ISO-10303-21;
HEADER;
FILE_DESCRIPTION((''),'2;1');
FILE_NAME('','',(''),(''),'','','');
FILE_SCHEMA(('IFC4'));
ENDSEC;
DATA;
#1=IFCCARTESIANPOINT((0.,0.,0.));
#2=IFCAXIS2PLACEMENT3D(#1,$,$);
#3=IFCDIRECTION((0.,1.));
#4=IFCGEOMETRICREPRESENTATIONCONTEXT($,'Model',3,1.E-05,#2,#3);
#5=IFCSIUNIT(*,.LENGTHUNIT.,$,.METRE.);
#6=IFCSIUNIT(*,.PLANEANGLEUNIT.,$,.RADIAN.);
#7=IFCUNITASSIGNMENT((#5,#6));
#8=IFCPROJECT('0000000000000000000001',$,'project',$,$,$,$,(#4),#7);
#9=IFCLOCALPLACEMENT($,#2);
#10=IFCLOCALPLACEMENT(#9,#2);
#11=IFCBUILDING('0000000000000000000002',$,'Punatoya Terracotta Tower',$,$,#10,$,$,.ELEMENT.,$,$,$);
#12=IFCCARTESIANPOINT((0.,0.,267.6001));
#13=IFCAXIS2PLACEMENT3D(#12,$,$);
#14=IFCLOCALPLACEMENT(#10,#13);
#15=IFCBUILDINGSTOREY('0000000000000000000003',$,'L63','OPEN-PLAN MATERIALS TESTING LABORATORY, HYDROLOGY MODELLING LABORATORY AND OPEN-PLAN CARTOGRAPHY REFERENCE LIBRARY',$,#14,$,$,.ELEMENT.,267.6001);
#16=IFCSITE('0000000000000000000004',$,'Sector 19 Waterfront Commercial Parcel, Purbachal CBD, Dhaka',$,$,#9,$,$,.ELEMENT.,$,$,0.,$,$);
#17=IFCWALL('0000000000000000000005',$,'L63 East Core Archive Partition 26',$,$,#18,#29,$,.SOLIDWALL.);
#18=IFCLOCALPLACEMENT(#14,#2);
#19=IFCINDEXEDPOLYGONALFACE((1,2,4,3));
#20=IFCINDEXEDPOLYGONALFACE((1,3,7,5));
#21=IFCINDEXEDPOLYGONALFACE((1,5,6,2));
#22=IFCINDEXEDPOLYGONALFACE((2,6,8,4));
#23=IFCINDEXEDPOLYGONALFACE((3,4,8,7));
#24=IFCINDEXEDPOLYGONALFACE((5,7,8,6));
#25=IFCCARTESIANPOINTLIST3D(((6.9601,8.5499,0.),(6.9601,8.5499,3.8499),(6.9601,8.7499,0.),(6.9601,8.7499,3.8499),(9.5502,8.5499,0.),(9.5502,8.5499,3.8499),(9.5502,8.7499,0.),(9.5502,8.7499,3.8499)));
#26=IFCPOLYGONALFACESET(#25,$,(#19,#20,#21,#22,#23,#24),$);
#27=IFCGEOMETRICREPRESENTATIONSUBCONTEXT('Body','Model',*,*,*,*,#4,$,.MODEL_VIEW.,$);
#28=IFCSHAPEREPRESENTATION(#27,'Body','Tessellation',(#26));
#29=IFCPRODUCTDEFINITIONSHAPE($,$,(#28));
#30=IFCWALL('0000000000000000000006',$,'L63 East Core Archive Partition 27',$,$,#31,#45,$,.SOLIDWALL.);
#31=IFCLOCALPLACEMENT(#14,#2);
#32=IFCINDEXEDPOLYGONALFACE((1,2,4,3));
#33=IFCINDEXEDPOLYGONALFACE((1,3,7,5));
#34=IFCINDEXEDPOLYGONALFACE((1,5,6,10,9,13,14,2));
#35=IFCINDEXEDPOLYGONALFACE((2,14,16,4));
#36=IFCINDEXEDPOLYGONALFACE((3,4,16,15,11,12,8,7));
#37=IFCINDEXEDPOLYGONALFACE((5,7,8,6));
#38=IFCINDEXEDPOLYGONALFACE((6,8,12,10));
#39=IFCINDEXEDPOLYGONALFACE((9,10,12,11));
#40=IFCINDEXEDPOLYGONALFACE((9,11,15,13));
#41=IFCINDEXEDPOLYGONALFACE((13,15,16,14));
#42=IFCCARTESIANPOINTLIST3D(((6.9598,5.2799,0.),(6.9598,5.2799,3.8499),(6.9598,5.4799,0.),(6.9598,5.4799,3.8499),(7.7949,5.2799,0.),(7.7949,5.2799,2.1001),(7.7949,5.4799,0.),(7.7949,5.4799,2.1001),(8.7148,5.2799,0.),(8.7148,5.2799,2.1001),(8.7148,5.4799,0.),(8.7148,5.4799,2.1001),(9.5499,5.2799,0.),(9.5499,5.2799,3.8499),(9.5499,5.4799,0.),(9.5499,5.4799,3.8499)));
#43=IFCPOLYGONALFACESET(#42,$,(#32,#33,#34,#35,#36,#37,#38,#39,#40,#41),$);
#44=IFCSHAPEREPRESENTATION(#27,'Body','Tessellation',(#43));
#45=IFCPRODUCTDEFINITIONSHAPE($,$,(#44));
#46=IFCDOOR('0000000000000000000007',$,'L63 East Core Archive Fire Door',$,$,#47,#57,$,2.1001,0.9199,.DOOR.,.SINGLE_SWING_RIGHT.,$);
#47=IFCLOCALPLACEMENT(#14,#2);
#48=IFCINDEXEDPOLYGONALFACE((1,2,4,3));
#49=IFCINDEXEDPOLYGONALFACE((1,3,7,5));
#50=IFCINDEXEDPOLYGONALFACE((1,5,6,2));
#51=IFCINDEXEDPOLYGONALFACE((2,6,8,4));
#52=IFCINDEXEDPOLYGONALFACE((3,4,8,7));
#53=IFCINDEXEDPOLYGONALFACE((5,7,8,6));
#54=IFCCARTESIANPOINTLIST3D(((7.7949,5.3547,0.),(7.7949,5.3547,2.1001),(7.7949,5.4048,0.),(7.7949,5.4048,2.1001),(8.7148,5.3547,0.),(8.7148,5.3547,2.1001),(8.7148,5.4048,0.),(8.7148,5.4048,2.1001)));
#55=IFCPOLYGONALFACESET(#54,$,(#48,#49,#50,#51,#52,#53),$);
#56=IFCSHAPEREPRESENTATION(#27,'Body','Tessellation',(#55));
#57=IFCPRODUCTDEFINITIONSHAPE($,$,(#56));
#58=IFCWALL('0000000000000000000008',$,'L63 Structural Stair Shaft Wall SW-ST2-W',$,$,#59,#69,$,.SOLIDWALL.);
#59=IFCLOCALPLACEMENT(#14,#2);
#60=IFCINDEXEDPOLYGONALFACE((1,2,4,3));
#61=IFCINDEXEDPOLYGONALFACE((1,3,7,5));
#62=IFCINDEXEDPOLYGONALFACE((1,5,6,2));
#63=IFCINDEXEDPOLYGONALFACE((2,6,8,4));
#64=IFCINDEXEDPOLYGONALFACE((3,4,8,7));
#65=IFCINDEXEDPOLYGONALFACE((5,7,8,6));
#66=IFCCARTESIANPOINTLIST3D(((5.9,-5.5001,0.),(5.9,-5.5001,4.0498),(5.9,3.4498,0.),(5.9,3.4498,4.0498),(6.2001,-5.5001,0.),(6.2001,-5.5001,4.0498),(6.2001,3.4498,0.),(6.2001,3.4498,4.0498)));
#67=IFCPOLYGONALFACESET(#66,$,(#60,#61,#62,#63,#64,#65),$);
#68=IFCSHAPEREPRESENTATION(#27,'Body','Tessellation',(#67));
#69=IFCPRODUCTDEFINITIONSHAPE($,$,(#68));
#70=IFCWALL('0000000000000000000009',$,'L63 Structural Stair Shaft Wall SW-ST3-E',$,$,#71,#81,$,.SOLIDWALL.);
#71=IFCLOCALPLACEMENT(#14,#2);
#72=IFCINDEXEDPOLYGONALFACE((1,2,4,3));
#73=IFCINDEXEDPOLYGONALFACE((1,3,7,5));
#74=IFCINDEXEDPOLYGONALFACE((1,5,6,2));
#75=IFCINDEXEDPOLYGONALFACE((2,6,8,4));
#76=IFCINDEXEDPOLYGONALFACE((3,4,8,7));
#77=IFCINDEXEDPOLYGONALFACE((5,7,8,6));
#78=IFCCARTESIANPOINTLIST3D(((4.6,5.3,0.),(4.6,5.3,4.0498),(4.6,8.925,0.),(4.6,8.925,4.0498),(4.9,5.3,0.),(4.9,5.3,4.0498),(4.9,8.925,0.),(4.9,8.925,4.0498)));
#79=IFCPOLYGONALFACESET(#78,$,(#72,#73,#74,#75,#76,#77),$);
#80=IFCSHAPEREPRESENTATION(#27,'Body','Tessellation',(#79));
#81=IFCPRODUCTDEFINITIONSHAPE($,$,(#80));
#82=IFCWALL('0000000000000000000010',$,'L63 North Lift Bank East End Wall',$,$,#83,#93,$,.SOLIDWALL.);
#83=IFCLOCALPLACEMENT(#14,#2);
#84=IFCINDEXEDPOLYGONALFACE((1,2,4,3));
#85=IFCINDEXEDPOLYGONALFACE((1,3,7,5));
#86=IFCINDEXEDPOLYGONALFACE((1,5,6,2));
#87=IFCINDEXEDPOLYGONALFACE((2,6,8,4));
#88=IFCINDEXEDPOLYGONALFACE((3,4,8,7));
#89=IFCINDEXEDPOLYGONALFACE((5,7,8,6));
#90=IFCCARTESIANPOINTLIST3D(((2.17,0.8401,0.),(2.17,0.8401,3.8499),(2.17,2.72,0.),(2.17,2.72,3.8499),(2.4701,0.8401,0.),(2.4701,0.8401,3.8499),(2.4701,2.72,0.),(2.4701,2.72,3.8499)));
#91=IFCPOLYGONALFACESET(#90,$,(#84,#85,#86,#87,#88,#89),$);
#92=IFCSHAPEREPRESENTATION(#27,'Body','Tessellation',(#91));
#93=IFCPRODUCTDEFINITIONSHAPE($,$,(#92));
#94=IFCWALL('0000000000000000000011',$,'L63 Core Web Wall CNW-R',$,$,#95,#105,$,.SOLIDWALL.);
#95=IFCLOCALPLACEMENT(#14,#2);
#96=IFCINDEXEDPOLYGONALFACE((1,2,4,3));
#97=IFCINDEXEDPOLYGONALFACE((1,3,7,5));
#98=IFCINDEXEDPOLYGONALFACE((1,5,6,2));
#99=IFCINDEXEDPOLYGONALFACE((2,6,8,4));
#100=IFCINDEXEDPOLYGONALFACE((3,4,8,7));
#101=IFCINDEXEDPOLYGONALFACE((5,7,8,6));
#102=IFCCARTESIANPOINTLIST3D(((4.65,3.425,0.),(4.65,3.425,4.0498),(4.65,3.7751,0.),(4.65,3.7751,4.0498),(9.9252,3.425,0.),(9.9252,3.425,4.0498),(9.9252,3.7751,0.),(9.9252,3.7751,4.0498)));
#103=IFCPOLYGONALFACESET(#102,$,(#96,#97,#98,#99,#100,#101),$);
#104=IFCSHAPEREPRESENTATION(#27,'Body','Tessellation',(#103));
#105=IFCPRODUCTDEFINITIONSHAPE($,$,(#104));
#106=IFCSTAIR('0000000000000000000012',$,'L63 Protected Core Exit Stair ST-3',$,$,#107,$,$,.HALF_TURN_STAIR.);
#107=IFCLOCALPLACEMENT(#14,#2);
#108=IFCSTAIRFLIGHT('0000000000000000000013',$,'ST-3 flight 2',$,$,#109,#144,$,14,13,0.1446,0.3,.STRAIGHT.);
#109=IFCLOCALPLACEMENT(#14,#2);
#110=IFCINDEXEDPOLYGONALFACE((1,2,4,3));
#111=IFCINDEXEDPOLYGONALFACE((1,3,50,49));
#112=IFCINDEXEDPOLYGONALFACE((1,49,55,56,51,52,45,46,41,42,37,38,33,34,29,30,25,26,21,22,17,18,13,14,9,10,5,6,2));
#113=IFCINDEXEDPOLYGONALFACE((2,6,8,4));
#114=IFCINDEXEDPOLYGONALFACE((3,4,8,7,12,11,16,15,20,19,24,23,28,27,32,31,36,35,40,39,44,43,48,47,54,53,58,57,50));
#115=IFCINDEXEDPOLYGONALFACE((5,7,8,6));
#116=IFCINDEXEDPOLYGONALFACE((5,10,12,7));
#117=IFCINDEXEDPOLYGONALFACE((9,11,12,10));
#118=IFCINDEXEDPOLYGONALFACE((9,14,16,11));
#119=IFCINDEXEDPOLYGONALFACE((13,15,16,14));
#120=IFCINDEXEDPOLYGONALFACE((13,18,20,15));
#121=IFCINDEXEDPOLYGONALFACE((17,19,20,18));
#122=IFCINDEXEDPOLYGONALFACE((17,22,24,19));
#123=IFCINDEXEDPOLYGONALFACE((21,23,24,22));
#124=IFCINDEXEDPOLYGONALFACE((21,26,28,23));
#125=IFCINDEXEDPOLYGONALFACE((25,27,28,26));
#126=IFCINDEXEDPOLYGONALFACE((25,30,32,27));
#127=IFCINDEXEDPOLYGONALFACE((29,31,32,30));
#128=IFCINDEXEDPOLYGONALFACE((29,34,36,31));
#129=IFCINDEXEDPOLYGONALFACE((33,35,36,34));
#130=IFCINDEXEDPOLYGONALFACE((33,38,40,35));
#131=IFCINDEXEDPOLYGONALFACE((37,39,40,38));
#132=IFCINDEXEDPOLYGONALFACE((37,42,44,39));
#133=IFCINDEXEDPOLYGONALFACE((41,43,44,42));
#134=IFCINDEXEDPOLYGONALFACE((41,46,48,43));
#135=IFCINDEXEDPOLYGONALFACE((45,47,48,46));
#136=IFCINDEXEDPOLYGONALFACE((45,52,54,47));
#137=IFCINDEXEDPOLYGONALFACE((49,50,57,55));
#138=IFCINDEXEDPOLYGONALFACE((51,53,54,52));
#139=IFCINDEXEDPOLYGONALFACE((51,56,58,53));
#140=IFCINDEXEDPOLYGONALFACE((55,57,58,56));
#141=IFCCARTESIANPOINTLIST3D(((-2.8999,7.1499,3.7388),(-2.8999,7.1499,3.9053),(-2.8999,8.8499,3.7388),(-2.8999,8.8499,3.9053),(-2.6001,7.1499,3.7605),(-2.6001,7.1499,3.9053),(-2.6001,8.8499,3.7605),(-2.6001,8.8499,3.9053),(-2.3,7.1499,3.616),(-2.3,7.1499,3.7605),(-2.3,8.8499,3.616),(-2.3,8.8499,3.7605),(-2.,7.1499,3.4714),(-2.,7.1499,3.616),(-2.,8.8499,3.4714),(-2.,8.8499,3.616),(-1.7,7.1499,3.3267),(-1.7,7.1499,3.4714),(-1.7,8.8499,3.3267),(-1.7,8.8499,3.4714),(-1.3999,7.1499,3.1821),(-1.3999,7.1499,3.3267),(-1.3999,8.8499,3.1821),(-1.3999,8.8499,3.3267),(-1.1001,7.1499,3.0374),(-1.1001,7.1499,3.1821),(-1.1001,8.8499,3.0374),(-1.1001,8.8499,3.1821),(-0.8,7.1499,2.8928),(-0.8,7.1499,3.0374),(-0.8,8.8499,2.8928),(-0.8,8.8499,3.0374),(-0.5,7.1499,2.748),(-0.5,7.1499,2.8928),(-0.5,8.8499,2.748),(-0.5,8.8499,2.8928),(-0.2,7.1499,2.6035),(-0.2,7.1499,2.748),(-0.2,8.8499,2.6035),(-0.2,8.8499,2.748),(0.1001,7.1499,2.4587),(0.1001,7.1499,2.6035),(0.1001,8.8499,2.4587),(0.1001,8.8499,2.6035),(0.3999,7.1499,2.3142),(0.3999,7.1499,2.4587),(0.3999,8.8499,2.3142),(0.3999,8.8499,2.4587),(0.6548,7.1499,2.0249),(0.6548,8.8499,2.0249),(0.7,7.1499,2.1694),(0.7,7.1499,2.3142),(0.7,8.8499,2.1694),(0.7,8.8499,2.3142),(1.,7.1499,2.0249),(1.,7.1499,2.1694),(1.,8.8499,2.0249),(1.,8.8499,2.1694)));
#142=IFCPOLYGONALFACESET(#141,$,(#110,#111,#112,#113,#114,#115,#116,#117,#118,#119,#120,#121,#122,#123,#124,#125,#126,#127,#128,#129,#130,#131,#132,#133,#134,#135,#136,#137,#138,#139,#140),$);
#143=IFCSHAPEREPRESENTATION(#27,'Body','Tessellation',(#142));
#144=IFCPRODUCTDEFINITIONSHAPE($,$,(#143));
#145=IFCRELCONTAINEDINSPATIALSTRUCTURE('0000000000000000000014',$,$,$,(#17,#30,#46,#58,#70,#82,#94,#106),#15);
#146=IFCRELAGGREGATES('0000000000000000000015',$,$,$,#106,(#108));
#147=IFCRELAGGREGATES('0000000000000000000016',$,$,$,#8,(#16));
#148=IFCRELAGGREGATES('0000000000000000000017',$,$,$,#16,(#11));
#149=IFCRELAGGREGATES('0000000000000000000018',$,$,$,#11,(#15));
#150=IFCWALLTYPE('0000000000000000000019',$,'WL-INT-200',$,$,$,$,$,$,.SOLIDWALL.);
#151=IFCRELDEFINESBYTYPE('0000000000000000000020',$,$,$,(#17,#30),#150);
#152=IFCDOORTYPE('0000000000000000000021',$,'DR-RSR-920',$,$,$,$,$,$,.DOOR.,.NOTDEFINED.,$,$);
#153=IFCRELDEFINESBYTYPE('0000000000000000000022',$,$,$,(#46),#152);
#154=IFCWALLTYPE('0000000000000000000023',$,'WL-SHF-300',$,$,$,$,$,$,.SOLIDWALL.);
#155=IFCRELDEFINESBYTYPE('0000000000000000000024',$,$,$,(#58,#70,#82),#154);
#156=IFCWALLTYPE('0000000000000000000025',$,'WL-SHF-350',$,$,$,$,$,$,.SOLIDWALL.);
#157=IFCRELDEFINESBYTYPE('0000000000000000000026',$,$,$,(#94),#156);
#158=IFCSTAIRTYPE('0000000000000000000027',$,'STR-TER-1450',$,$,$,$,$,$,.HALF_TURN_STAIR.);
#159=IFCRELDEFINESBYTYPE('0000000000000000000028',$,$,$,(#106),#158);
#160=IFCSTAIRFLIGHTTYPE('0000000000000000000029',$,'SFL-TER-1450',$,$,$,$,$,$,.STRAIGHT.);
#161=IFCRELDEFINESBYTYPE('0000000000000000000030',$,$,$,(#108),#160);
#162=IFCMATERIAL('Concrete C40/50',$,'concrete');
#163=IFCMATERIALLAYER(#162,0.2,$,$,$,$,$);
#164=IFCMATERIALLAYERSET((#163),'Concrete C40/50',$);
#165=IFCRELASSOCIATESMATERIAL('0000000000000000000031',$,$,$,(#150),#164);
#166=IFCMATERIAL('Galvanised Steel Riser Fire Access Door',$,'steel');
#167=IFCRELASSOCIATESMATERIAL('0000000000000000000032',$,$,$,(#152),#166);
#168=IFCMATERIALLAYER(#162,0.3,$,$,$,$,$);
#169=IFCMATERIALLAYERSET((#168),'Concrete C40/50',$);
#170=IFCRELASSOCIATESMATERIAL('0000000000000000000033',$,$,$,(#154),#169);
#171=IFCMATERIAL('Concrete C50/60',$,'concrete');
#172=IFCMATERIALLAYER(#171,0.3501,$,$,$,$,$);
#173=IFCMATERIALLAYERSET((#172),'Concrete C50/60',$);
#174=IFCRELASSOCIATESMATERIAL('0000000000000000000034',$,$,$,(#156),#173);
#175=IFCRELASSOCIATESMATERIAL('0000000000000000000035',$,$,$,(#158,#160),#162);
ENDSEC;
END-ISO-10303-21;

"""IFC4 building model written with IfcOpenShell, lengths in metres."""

from ifc_helpers import new_model, si_unit, direction, frame, frame_2d, origin, place, context, subcontext, project, spatial, polyline, rectangle, outline, extrude, material, layer, layer_set, type_object, element, fill, aggregate, save


model = new_model("IFC4")

# Units and contexts
model_context = context("Model", 3, precision=1e-05, world=origin(), true_north=direction((0.0, 1.0)))
body_context = subcontext(model_context, "Body", "Model", "MODEL_VIEW")
ifc_project = project(units=[si_unit("LENGTHUNIT", "METRE"), si_unit("PLANEANGLEUNIT", "RADIAN")], contexts=[model_context])

# Site, building, storey
site_placement = place(None, origin())
site = spatial("IfcSite", under=ifc_project, at=site_placement, Name="Sector 19 Waterfront Commercial Parcel, Purbachal CBD, Dhaka", CompositionType="ELEMENT", RefElevation=0.0)
building_placement = place(site_placement, origin())
building = spatial("IfcBuilding", under=site, at=building_placement, Name="Punatoya Terracotta Tower", CompositionType="ELEMENT")
storey_placement = place(building_placement, frame((0.0, 0.0, 267.6001)))
storey = spatial("IfcBuildingStorey", under=building, at=storey_placement, Name="L63", Description="OPEN-PLAN MATERIALS TESTING LABORATORY, HYDROLOGY MODELLING LABORATORY AND OPEN-PLAN CARTOGRAPHY REFERENCE LIBRARY", CompositionType="ELEMENT", Elevation=267.6001)

# Shared definitions
ifc_material_1 = material(Name="Concrete C50/60", Category="concrete")

# Shared definitions
ifc_material_2 = material(Name="Concrete C40/50", Category="concrete")
ifc_layer_1 = layer(ifc_material_2, 0.2)
ifc_layer_set_1 = layer_set([ifc_layer_1], Name="Concrete C40/50")
wall_type_1 = type_object("IfcWallType", Name="WL-INT-200", PredefinedType="SOLIDWALL", material=ifc_layer_set_1)

# Wall
wall_1_placement = place(storey_placement, frame((9.55, 8.6499, 0.0), z_axis=(0.0, 0.0, 1.0), x_axis=(-1.0, 0.0, 0.0)))
element("IfcWall", 1, at=wall_1_placement, inside=storey, type_object=wall_type_1, Name="L63 East Core Archive Partition 26", PredefinedType="SOLIDWALL", context=body_context, shape_type="SweptSolid", body=[
    extrude(rectangle(XDim=2.5901, YDim=0.2, at=frame_2d((1.2949, 0.0))), origin(), (0.0, 0.0, 1.0), 3.8499),
])

# Wall, opening, door
wall_2_placement = place(storey_placement, frame((6.96, 5.3799, 0.0), z_axis=(0.0, 0.0, 1.0), x_axis=(1.0, 0.0, 0.0)))
wall_2 = element("IfcWall", 2, at=wall_2_placement, inside=storey, type_object=wall_type_1, Name="L63 East Core Archive Partition 27", PredefinedType="SOLIDWALL", context=body_context, shape_type="SweptSolid", body=[
    extrude(rectangle(XDim=2.5901, YDim=0.2, at=frame_2d((1.2949, 0.0))), origin(), (0.0, 0.0, 1.0), 3.8499),
])
opening_1_placement = place(wall_2_placement, frame((0.835, 0.0, 0.0)))
opening_1 = element("IfcOpeningElement", 3, at=opening_1_placement, cuts=wall_2, PredefinedType="OPENING", context=body_context, shape_type="SweptSolid", body=[
    extrude(rectangle(XDim=0.9199, YDim=2.1001, at=frame_2d((0.46, 1.05))), frame((0.0, 0.1099, 0.0), z_axis=(0.0, -1.0, 0.0), x_axis=(1.0, 0.0, 0.0)), (0.0, 0.0, 1.0), 0.22),
])
ifc_material_3 = material(Name="Galvanised Steel Riser Fire Access Door", Category="steel")
door_type_1 = type_object("IfcDoorType", Name="DR-RSR-920", OperationType="NOTDEFINED", PredefinedType="DOOR", material=ifc_material_3)
door_1_placement = place(opening_1_placement, origin())
door_1 = element("IfcDoor", 4, at=door_1_placement, inside=storey, type_object=door_type_1, Name="L63 East Core Archive Fire Door", OperationType="SINGLE_SWING_RIGHT", OverallHeight=2.1001, OverallWidth=0.9199, PredefinedType="DOOR", context=body_context, shape_type="SweptSolid", body=[
    extrude(rectangle(XDim=0.9199, YDim=2.1001, at=frame_2d((0.46, 1.05))), frame((0.0, 0.0249, 0.0), z_axis=(0.0, -1.0, 0.0), x_axis=(1.0, 0.0, 0.0)), (0.0, 0.0, 1.0), 0.05),
])
fill(opening_1, door_1)

# Walls
ifc_layer_2 = layer(ifc_material_2, 0.3)
ifc_layer_set_2 = layer_set([ifc_layer_2], Name="Concrete C40/50")
wall_type_2 = type_object("IfcWallType", Name="WL-SHF-300", PredefinedType="SOLIDWALL", material=ifc_layer_set_2)
wall_3_placement = place(storey_placement, frame((6.05, 3.45, 0.0), z_axis=(0.0, 0.0, 1.0), x_axis=(0.0, -1.0, 0.0)))
element("IfcWall", 5, at=wall_3_placement, inside=storey, type_object=wall_type_2, Name="L63 Structural Stair Shaft Wall SW-ST2-W", PredefinedType="SOLIDWALL", context=body_context, shape_type="SweptSolid", body=[
    extrude(rectangle(XDim=8.95, YDim=0.3, at=frame_2d((4.4751, 0.0))), origin(), (0.0, 0.0, 1.0), 4.0498),
])
wall_4_placement = place(storey_placement, frame((4.75, 8.925, 0.0), z_axis=(0.0, 0.0, 1.0), x_axis=(0.0, -1.0, 0.0)))
element("IfcWall", 6, at=wall_4_placement, inside=storey, type_object=wall_type_2, Name="L63 Structural Stair Shaft Wall SW-ST3-E", PredefinedType="SOLIDWALL", context=body_context, shape_type="SweptSolid", body=[
    extrude(rectangle(XDim=3.625, YDim=0.3, at=frame_2d((1.8125, 0.0))), origin(), (0.0, 0.0, 1.0), 4.0498),
])
wall_5_placement = place(storey_placement, frame((2.3201, 0.8401, 0.0), z_axis=(0.0, 0.0, 1.0), x_axis=(0.0, 1.0, 0.0)))
element("IfcWall", 7, at=wall_5_placement, inside=storey, type_object=wall_type_2, Name="L63 North Lift Bank East End Wall", PredefinedType="SOLIDWALL", context=body_context, shape_type="SweptSolid", body=[
    extrude(rectangle(XDim=1.8799, YDim=0.3, at=frame_2d((0.9399, 0.0))), origin(), (0.0, 0.0, 1.0), 3.8499),
])
ifc_layer_3 = layer(ifc_material_1, 0.3501)
ifc_layer_set_3 = layer_set([ifc_layer_3], Name="Concrete C50/60")
wall_type_3 = type_object("IfcWallType", Name="WL-SHF-350", PredefinedType="SOLIDWALL", material=ifc_layer_set_3)
wall_6_placement = place(storey_placement, frame((4.6499, 3.6001, 0.0), z_axis=(0.0, 0.0, 1.0), x_axis=(1.0, 0.0, 0.0)))
element("IfcWall", 8, at=wall_6_placement, inside=storey, type_object=wall_type_3, Name="L63 Core Web Wall CNW-R", PredefinedType="SOLIDWALL", context=body_context, shape_type="SweptSolid", body=[
    extrude(rectangle(XDim=5.2751, YDim=0.3501, at=frame_2d((2.6377, 0.0))), origin(), (0.0, 0.0, 1.0), 4.0498),
])

# Stair, stair flight
stair_type = type_object("IfcStairType", Name="STR-TER-1450", PredefinedType="HALF_TURN_STAIR", material=ifc_material_2)
stair_placement = place(storey_placement, origin())
stair = element("IfcStair", 9, at=stair_placement, inside=storey, type_object=stair_type, Name="L63 Protected Core Exit Stair ST-3", PredefinedType="HALF_TURN_STAIR")
stair_flight_type = type_object("IfcStairFlightType", Name="SFL-TER-1450", PredefinedType="STRAIGHT", material=ifc_material_2)
stair_flight_placement = place(storey_placement, frame((1.0, 8.0, 2.0249), z_axis=(0.0, 0.0, 1.0), x_axis=(-1.0, 0.0, 0.0)))
stair_flight = element("IfcStairFlight", 10, at=stair_flight_placement, type_object=stair_flight_type, Name="ST-3 flight 2", NumberOfRisers=14, NumberOfTreads=13, PredefinedType="STRAIGHT", RiserHeight=0.1446, TreadLength=0.3, context=body_context, shape_type="SweptSolid", body=[
    extrude(outline(polyline([(0.0, 0.0), (0.0, 0.1445), (0.3, 0.1445), (0.3, 0.2893), (0.6001, 0.2893), (0.6001, 0.4338), (0.8999, 0.4338), (0.8999, 0.5786), (1.2, 0.5786), (1.2, 0.7231), (1.5, 0.7231), (1.5, 0.8679), (1.8, 0.8679), (1.8, 1.0125), (2.1001, 1.0125), (2.1001, 1.1572), (2.3999, 1.1572), (2.3999, 1.3018), (2.7, 1.3018), (2.7, 1.4465), (3.0, 1.4465), (3.0, 1.5911), (3.3, 1.5911), (3.3, 1.7356), (3.6001, 1.7356), (3.6001, 1.8804), (3.8999, 1.8804), (3.8999, 2.0249), (3.8999, 1.7139), (0.3452, 0.0), (0.0, 0.0)])), frame((0.0, 0.8501, 0.0), z_axis=(0.0, -1.0, 0.0), x_axis=(1.0, 0.0, 0.0)), (0.0, 0.0, 1.0), 1.7),
])
aggregate(stair, [stair_flight])

save(model, "model.ifc")
